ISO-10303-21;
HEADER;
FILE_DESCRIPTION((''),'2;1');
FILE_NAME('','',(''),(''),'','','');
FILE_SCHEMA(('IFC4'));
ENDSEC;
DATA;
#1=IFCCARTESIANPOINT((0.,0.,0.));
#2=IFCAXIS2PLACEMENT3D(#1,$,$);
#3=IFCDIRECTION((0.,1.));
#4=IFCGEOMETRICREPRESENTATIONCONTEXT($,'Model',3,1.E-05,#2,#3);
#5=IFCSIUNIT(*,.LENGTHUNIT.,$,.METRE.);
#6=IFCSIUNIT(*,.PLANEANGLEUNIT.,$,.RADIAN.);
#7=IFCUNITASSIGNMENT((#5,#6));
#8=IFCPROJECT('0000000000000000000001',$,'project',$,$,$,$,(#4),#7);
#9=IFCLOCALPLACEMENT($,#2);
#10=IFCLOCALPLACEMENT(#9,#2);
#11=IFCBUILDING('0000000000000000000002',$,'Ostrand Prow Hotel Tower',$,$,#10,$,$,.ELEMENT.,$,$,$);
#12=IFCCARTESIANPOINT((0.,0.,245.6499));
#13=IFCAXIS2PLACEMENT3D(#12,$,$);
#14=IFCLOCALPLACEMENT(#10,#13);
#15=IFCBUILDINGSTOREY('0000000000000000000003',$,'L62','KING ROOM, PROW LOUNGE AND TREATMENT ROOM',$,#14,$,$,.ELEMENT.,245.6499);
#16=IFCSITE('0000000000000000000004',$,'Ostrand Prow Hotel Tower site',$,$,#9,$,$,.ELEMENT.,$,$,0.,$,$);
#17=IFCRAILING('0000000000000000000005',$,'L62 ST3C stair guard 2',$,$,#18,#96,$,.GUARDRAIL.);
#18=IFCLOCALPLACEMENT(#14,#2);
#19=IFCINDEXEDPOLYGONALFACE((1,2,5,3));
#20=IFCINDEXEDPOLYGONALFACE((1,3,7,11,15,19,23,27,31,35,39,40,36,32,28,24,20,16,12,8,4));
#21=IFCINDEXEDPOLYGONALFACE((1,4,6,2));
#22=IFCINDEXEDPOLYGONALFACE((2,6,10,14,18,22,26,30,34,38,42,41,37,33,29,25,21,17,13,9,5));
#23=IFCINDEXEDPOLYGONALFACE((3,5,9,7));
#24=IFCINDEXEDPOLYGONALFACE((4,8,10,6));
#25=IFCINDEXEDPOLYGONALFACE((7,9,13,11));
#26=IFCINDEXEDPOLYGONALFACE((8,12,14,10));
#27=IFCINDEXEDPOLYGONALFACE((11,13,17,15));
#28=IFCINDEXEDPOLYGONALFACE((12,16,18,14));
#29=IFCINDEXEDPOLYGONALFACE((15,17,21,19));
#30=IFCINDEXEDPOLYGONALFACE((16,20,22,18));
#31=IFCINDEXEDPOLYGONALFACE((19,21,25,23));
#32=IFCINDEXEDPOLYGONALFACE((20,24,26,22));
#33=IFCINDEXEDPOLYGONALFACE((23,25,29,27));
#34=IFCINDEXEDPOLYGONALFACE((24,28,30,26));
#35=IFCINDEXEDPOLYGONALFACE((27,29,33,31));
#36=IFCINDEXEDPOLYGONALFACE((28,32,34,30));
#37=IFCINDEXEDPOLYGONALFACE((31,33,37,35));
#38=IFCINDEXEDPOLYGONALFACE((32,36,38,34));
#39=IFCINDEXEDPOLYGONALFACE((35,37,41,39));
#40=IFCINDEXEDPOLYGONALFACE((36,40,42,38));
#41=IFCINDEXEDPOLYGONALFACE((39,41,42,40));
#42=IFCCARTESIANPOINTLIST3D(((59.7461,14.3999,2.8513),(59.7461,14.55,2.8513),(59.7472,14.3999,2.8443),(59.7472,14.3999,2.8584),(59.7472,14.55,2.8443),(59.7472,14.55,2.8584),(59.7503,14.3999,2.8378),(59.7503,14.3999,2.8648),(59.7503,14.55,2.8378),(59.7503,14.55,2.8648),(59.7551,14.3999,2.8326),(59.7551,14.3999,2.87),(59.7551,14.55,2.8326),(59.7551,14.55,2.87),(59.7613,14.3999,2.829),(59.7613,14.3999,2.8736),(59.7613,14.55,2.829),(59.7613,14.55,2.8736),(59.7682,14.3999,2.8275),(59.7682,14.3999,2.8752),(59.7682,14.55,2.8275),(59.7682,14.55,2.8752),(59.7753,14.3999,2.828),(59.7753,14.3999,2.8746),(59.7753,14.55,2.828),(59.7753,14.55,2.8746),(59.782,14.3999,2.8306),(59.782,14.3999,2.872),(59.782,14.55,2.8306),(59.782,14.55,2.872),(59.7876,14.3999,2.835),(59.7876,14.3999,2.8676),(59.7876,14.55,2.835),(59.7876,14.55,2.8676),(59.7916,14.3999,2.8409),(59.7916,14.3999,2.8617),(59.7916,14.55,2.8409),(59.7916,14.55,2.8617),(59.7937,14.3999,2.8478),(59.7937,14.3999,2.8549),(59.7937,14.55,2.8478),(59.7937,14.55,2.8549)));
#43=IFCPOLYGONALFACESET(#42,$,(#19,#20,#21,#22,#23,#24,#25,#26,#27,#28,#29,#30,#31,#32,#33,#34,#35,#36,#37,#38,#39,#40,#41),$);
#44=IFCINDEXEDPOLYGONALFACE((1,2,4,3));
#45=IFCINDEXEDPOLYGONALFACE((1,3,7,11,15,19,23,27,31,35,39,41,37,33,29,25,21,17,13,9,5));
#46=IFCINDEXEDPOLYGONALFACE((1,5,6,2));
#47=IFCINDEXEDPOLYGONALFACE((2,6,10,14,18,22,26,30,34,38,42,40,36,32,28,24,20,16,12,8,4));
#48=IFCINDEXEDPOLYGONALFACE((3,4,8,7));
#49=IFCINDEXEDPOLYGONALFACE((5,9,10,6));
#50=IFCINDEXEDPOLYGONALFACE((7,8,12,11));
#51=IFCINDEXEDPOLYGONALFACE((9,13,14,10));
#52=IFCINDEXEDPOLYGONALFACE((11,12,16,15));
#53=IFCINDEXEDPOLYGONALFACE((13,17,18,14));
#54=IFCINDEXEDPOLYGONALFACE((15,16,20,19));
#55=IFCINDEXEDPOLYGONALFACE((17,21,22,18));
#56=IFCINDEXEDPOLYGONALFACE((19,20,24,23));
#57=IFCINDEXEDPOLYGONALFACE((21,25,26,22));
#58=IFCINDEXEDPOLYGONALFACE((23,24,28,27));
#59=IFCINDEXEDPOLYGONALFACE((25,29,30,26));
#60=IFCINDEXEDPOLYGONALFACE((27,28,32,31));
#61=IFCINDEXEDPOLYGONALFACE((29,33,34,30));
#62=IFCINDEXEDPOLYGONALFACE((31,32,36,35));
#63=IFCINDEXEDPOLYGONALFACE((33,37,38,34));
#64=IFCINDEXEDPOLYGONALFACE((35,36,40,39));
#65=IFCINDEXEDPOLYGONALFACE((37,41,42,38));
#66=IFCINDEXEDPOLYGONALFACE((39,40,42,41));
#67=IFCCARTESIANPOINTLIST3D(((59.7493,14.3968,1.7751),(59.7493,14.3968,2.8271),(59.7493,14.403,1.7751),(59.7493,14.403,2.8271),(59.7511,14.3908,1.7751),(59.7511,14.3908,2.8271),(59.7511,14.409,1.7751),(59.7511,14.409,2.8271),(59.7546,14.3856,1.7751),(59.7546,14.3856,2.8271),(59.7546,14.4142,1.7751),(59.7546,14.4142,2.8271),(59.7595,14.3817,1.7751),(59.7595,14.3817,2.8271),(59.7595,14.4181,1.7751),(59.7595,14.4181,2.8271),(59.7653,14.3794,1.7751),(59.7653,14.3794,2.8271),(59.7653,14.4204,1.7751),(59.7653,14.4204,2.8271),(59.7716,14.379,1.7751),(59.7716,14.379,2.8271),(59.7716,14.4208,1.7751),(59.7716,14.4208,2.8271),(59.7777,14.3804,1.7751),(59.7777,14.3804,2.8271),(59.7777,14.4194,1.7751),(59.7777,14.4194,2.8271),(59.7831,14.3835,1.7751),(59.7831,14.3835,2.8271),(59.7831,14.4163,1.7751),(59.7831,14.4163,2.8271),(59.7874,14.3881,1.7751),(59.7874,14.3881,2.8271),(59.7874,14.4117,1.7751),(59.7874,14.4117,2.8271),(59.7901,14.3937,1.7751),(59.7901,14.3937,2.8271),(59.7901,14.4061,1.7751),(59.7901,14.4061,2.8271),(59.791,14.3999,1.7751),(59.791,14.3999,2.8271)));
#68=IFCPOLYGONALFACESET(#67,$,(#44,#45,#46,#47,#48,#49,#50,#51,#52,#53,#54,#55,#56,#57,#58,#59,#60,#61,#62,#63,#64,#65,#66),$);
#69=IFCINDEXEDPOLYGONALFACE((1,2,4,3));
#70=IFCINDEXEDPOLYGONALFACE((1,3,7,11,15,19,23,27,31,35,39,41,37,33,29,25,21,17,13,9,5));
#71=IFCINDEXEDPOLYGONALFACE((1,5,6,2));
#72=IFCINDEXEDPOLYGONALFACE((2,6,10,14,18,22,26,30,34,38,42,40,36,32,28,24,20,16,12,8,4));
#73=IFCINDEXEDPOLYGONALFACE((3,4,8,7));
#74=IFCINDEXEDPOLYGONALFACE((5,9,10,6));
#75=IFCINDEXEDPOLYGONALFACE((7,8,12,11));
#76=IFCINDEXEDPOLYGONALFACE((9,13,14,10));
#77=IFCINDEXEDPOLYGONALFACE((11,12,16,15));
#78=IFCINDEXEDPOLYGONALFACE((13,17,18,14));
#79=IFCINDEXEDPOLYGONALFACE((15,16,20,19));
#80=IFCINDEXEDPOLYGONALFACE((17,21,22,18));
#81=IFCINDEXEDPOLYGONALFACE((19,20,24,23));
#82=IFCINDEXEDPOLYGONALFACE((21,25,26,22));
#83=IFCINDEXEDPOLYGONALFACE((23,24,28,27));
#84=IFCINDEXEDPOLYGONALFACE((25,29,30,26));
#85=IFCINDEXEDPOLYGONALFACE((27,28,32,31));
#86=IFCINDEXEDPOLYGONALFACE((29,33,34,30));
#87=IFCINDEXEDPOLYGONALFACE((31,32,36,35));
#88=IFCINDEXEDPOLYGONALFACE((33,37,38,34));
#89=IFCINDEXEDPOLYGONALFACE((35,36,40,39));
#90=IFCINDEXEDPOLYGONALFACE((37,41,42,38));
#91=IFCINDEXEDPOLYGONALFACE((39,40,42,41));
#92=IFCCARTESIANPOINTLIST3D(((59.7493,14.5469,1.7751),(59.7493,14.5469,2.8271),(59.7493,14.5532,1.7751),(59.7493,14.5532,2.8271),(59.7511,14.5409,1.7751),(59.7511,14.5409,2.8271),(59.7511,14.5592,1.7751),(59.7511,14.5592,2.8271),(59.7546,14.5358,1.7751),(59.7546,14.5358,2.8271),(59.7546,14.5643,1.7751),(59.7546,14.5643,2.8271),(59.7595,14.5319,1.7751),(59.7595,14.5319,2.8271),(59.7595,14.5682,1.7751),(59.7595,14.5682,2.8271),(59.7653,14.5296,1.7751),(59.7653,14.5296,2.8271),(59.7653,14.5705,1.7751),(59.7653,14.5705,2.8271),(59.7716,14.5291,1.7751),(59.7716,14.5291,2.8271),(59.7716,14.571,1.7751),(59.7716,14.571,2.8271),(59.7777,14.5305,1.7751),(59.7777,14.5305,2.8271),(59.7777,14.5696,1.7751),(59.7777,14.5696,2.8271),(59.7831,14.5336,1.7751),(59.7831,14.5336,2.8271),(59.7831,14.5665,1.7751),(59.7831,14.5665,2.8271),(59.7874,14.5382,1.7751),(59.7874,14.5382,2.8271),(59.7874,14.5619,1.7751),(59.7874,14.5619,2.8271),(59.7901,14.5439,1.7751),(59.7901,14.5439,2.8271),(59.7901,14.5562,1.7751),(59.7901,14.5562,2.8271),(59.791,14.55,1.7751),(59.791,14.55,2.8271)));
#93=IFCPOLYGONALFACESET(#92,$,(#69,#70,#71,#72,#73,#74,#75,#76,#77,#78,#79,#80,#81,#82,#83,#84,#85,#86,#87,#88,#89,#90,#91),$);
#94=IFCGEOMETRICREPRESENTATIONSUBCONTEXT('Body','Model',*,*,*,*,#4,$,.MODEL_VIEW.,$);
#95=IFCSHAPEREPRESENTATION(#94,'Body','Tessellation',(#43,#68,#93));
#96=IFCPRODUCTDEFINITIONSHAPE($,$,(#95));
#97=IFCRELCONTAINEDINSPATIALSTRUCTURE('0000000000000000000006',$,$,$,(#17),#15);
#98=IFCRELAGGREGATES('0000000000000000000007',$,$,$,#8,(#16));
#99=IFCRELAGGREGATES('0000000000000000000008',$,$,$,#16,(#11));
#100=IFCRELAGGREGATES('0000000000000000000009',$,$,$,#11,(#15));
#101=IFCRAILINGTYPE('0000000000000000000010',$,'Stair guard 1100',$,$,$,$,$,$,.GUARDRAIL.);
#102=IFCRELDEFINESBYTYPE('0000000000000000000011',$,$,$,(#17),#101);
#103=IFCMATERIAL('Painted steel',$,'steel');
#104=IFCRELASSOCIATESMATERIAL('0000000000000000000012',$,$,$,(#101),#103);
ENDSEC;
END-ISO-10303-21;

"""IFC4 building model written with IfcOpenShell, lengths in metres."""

from ifc_helpers import new_model, si_unit, direction, frame, origin, origin_2d, place, context, subcontext, project, spatial, circle, extrude, material, type_object, element, save


model = new_model("IFC4")

# Units and contexts
model_context = context("Model", 3, precision=1e-05, world=origin(), true_north=direction((0.0, 1.0)))
body_context = subcontext(model_context, "Body", "Model", "MODEL_VIEW")
ifc_project = project(units=[si_unit("LENGTHUNIT", "METRE"), si_unit("PLANEANGLEUNIT", "RADIAN")], contexts=[model_context])

# Site, building, storey
site_placement = place(None, origin())
site = spatial("IfcSite", under=ifc_project, at=site_placement, Name="Ostrand Prow Hotel Tower site", CompositionType="ELEMENT", RefElevation=0.0)
building_placement = place(site_placement, origin())
building = spatial("IfcBuilding", under=site, at=building_placement, Name="Ostrand Prow Hotel Tower", CompositionType="ELEMENT")
storey_placement = place(building_placement, frame((0.0, 0.0, 245.6499)))
storey = spatial("IfcBuildingStorey", under=building, at=storey_placement, Name="L62", Description="KING ROOM, PROW LOUNGE AND TREATMENT ROOM", CompositionType="ELEMENT", Elevation=245.6499)

# Railing
ifc_material_1 = material(Name="Painted steel", Category="steel")
railing_type_1 = type_object("IfcRailingType", Name="Stair guard 1100", PredefinedType="GUARDRAIL", material=ifc_material_1)
railing_1_placement = place(storey_placement, frame((59.77, 14.3999, 1.7751)))
element("IfcRailing", 1, at=railing_1_placement, inside=storey, type_object=railing_type_1, Name="L62 ST3C stair guard 2", PredefinedType="GUARDRAIL", context=body_context, shape_type="SweptSolid", body=[
    extrude(circle(Radius=0.0239, at=origin_2d()), frame((0.0, 0.0, 1.0762), z_axis=(0.0, 1.0, 0.0), x_axis=(-1.0, 0.0, 0.0)), (0.0, 0.0, 1.0), 0.1501),
    extrude(circle(Radius=0.021, at=origin_2d()), origin(), (0.0, 0.0, 1.0), 1.052),
    extrude(circle(Radius=0.021, at=origin_2d()), frame((0.0, 0.1501, 0.0)), (0.0, 0.0, 1.0), 1.052),
])

save(model, "model.ifc")
